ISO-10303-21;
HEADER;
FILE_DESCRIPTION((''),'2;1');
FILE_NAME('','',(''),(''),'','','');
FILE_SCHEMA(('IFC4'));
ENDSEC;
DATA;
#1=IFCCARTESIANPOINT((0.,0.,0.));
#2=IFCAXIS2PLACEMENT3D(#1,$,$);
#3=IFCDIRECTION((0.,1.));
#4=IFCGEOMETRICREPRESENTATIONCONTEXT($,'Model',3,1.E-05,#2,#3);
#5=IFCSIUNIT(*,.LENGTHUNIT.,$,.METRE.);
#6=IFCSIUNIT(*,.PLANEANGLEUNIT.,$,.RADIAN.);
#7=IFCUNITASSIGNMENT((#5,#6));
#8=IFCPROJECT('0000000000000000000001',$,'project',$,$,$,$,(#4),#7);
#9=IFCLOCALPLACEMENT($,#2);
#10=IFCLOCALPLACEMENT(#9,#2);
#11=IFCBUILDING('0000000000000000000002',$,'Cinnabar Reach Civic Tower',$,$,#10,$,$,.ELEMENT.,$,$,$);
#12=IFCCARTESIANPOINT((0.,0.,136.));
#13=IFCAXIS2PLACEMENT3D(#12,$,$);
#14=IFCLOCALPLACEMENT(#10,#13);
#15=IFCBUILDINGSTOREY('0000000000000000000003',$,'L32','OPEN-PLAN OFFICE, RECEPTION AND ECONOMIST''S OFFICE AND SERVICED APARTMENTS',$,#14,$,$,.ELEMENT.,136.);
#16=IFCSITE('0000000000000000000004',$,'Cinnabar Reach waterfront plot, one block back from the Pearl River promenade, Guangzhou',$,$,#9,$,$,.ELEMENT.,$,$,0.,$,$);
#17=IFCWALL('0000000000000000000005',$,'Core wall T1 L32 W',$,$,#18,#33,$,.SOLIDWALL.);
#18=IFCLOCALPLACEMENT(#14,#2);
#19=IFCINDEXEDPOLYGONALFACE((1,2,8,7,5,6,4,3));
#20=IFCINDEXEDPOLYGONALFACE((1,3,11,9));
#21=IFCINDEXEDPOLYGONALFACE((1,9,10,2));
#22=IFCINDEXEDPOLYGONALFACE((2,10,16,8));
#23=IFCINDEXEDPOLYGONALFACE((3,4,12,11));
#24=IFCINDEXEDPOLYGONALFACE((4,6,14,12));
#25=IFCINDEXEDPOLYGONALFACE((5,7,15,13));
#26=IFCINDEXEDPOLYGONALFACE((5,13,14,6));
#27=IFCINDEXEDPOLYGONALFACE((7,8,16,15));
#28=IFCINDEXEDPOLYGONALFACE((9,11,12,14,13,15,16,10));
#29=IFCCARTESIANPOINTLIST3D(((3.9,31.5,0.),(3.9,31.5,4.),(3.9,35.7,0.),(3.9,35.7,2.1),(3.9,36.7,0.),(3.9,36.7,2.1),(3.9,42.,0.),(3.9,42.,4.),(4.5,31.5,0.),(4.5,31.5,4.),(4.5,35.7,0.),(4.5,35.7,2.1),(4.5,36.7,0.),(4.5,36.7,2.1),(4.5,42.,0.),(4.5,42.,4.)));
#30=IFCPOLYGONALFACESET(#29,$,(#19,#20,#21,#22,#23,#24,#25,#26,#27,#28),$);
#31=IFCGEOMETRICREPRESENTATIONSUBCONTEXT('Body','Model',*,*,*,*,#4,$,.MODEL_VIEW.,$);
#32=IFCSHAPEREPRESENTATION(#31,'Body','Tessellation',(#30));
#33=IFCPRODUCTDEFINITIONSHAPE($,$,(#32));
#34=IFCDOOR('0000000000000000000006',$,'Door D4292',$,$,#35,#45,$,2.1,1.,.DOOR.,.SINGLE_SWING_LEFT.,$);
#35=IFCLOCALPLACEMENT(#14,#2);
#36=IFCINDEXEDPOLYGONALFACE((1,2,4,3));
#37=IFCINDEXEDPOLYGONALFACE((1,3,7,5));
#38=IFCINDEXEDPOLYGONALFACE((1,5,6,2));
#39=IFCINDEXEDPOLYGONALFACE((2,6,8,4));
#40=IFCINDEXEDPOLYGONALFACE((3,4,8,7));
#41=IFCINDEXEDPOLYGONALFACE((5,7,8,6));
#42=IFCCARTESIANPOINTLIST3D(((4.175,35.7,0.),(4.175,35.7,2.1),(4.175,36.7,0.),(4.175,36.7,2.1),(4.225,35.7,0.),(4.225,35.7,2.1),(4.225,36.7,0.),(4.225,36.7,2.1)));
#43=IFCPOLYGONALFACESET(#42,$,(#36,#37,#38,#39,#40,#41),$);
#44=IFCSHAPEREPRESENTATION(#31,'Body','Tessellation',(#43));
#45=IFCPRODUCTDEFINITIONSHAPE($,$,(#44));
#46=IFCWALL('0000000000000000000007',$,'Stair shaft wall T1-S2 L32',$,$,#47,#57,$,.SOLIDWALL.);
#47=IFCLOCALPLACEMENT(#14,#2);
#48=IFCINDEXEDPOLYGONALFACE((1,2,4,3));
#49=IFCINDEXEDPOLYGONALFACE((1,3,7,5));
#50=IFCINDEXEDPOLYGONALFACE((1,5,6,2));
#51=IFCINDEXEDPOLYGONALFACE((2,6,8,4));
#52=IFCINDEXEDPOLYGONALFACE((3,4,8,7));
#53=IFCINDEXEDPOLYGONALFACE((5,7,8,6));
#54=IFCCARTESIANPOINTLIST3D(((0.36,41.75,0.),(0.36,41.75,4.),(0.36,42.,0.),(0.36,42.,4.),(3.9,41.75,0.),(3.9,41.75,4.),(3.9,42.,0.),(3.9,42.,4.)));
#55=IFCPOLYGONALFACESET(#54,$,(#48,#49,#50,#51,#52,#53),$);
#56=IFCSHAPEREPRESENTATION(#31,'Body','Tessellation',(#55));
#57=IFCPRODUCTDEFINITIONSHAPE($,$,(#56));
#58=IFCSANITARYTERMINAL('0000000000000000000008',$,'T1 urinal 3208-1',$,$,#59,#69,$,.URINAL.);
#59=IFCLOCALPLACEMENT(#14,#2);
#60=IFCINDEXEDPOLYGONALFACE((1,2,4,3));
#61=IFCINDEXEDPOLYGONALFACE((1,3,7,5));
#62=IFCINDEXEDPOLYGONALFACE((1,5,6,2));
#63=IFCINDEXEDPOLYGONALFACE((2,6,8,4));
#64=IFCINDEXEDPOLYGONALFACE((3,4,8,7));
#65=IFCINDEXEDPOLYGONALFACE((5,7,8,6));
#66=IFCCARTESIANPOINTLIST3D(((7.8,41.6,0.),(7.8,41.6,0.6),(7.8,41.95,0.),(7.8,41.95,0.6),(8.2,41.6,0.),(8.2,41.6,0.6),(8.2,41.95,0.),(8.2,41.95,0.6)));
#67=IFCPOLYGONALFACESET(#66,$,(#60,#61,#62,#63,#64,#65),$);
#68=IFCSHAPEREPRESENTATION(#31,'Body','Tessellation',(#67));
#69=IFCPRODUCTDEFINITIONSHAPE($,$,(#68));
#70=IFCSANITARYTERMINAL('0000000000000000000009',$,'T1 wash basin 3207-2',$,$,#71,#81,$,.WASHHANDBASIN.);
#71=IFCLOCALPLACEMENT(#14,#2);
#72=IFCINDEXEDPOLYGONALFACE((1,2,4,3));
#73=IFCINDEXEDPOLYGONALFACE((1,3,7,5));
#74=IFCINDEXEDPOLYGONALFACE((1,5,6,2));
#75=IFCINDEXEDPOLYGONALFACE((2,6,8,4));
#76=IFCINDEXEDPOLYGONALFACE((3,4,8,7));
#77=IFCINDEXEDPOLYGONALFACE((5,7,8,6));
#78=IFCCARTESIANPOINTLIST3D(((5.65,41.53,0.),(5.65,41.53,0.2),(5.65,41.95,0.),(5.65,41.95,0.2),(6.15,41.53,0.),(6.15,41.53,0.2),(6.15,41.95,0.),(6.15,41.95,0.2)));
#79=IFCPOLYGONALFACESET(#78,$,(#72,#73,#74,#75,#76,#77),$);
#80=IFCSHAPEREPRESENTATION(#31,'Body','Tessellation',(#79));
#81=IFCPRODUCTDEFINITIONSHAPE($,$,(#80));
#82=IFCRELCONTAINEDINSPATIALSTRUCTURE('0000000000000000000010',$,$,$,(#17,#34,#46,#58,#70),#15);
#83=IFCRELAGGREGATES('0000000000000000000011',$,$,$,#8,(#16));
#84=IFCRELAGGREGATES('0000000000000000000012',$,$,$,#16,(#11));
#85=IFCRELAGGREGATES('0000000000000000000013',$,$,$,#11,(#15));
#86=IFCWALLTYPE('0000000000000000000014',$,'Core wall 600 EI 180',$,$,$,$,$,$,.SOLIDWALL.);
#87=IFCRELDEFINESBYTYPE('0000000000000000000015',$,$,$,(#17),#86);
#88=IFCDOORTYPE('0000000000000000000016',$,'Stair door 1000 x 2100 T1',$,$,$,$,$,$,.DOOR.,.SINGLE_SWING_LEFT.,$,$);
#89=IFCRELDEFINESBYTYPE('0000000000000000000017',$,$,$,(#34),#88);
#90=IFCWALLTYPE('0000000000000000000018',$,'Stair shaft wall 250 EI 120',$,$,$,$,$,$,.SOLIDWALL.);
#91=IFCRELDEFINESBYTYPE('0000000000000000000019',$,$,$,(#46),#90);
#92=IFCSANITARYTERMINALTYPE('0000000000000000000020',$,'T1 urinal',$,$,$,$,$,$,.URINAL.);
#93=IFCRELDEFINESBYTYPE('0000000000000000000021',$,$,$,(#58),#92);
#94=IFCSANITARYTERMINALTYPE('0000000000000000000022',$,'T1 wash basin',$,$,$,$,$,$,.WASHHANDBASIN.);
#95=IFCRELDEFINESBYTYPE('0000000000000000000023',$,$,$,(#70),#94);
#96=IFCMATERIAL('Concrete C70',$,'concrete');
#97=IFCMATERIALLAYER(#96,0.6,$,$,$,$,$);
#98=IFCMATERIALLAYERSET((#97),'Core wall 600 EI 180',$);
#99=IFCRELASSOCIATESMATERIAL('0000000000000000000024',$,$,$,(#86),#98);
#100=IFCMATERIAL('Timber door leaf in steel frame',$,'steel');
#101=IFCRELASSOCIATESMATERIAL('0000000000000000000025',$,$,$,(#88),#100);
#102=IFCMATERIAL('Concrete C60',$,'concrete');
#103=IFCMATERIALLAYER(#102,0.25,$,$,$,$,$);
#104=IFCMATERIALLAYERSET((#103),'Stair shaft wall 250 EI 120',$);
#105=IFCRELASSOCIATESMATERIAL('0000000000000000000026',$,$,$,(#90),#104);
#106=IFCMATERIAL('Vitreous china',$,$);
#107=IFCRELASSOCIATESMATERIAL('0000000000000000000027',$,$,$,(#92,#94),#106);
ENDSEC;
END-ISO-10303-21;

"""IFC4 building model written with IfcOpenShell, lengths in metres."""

from ifc_helpers import new_model, si_unit, direction, frame, frame_2d, origin, origin_2d, place, context, subcontext, project, spatial, rectangle, extrude, material, layer, layer_set, type_object, element, fill, save


model = new_model("IFC4")

# Units and contexts
model_context = context("Model", 3, precision=1e-05, world=origin(), true_north=direction((0.0, 1.0)))
body_context = subcontext(model_context, "Body", "Model", "MODEL_VIEW")
ifc_project = project(units=[si_unit("LENGTHUNIT", "METRE"), si_unit("PLANEANGLEUNIT", "RADIAN")], contexts=[model_context])

# Site, building, storey
site_placement = place(None, origin())
site = spatial("IfcSite", under=ifc_project, at=site_placement, Name="Cinnabar Reach waterfront plot, one block back from the Pearl River promenade, Guangzhou", CompositionType="ELEMENT", RefElevation=0.0)
building_placement = place(site_placement, origin())
building = spatial("IfcBuilding", under=site, at=building_placement, Name="Cinnabar Reach Civic Tower", CompositionType="ELEMENT")
storey_placement = place(building_placement, frame((0.0, 0.0, 136.0)))
storey = spatial("IfcBuildingStorey", under=building, at=storey_placement, Name="L32", Description="OPEN-PLAN OFFICE, RECEPTION AND ECONOMIST'S OFFICE AND SERVICED APARTMENTS", CompositionType="ELEMENT", Elevation=136.0)

# Wall, opening, door
ifc_material_1 = material(Name="Concrete C70", Category="concrete")
ifc_layer_1 = layer(ifc_material_1, 0.6)
ifc_layer_set_1 = layer_set([ifc_layer_1], Name="Core wall 600 EI 180")
wall_type_1 = type_object("IfcWallType", Name="Core wall 600 EI 180", PredefinedType="SOLIDWALL", material=ifc_layer_set_1)
wall_1_placement = place(storey_placement, frame((4.2, 42.0, 0.0), z_axis=(0.0, 0.0, 1.0), x_axis=(0.0, -1.0, 0.0)))
wall_1 = element("IfcWall", 1, at=wall_1_placement, inside=storey, type_object=wall_type_1, Name="Core wall T1 L32 W", PredefinedType="SOLIDWALL", context=body_context, shape_type="SweptSolid", body=[
    extrude(rectangle(XDim=10.5, YDim=0.6, at=frame_2d((5.25, 0.0))), origin(), (0.0, 0.0, 1.0), 4.0),
])
opening_placement = place(wall_1_placement, frame((5.3, 0.0, 0.0)))
opening = element("IfcOpeningElement", 2, at=opening_placement, cuts=wall_1, PredefinedType="OPENING", context=body_context, shape_type="SweptSolid", body=[
    extrude(rectangle(XDim=1.0, YDim=2.1, at=frame_2d((0.5, 1.05))), frame((0.0, 0.31, 0.0), z_axis=(0.0, -1.0, 0.0), x_axis=(1.0, 0.0, 0.0)), (0.0, 0.0, 1.0), 0.62),
])
ifc_material_2 = material(Name="Timber door leaf in steel frame", Category="steel")
door_type = type_object("IfcDoorType", Name="Stair door 1000 x 2100 T1", OperationType="SINGLE_SWING_LEFT", PredefinedType="DOOR", material=ifc_material_2)
door_placement = place(opening_placement, frame((1.0, 0.0, 0.0), z_axis=(0.0, 0.0, 1.0), x_axis=(-1.0, 0.0, 0.0)))
door = element("IfcDoor", 3, at=door_placement, inside=storey, type_object=door_type, Name="Door D4292", OperationType="SINGLE_SWING_LEFT", OverallHeight=2.1, OverallWidth=1.0, PredefinedType="DOOR", context=body_context, shape_type="SweptSolid", body=[
    extrude(rectangle(XDim=1.0, YDim=2.1, at=frame_2d((0.5, 1.05))), frame((0.0, 0.025, 0.0), z_axis=(0.0, -1.0, 0.0), x_axis=(1.0, 0.0, 0.0)), (0.0, 0.0, 1.0), 0.05),
])
fill(opening, door)

# Wall
ifc_material_3 = material(Name="Concrete C60", Category="concrete")
ifc_layer_2 = layer(ifc_material_3, 0.25)
ifc_layer_set_2 = layer_set([ifc_layer_2], Name="Stair shaft wall 250 EI 120")
wall_type_2 = type_object("IfcWallType", Name="Stair shaft wall 250 EI 120", PredefinedType="SOLIDWALL", material=ifc_layer_set_2)
wall_2_placement = place(storey_placement, frame((3.9, 41.875, 0.0), z_axis=(0.0, 0.0, 1.0), x_axis=(-1.0, 0.0, 0.0)))
element("IfcWall", 4, at=wall_2_placement, inside=storey, type_object=wall_type_2, Name="Stair shaft wall T1-S2 L32", PredefinedType="SOLIDWALL", context=body_context, shape_type="SweptSolid", body=[
    extrude(rectangle(XDim=3.54, YDim=0.25, at=frame_2d((1.77, 0.0))), origin(), (0.0, 0.0, 1.0), 4.0),
])

# Sanitary terminals
ifc_material_4 = material(Name="Vitreous china")
sanitary_terminal_type_1 = type_object("IfcSanitaryTerminalType", Name="T1 urinal", PredefinedType="URINAL", material=ifc_material_4)
sanitary_terminal_1_placement = place(storey_placement, frame((8.0, 41.775, 0.0), z_axis=(0.0, 0.0, 1.0), x_axis=(1.0, 0.0, 0.0)))
element("IfcSanitaryTerminal", 5, at=sanitary_terminal_1_placement, inside=storey, type_object=sanitary_terminal_type_1, Name="T1 urinal 3208-1", PredefinedType="URINAL", context=body_context, shape_type="SweptSolid", body=[
    extrude(rectangle(XDim=0.4, YDim=0.35, at=origin_2d()), origin(), (0.0, 0.0, 1.0), 0.6),
])
sanitary_terminal_type_2 = type_object("IfcSanitaryTerminalType", Name="T1 wash basin", PredefinedType="WASHHANDBASIN", material=ifc_material_4)
sanitary_terminal_2_placement = place(storey_placement, frame((5.9, 41.74, 0.0), z_axis=(0.0, 0.0, 1.0), x_axis=(1.0, 0.0, 0.0)))
element("IfcSanitaryTerminal", 6, at=sanitary_terminal_2_placement, inside=storey, type_object=sanitary_terminal_type_2, Name="T1 wash basin 3207-2", PredefinedType="WASHHANDBASIN", context=body_context, shape_type="SweptSolid", body=[
    extrude(rectangle(XDim=0.5, YDim=0.42, at=origin_2d()), origin(), (0.0, 0.0, 1.0), 0.2),
])

save(model, "model.ifc")
